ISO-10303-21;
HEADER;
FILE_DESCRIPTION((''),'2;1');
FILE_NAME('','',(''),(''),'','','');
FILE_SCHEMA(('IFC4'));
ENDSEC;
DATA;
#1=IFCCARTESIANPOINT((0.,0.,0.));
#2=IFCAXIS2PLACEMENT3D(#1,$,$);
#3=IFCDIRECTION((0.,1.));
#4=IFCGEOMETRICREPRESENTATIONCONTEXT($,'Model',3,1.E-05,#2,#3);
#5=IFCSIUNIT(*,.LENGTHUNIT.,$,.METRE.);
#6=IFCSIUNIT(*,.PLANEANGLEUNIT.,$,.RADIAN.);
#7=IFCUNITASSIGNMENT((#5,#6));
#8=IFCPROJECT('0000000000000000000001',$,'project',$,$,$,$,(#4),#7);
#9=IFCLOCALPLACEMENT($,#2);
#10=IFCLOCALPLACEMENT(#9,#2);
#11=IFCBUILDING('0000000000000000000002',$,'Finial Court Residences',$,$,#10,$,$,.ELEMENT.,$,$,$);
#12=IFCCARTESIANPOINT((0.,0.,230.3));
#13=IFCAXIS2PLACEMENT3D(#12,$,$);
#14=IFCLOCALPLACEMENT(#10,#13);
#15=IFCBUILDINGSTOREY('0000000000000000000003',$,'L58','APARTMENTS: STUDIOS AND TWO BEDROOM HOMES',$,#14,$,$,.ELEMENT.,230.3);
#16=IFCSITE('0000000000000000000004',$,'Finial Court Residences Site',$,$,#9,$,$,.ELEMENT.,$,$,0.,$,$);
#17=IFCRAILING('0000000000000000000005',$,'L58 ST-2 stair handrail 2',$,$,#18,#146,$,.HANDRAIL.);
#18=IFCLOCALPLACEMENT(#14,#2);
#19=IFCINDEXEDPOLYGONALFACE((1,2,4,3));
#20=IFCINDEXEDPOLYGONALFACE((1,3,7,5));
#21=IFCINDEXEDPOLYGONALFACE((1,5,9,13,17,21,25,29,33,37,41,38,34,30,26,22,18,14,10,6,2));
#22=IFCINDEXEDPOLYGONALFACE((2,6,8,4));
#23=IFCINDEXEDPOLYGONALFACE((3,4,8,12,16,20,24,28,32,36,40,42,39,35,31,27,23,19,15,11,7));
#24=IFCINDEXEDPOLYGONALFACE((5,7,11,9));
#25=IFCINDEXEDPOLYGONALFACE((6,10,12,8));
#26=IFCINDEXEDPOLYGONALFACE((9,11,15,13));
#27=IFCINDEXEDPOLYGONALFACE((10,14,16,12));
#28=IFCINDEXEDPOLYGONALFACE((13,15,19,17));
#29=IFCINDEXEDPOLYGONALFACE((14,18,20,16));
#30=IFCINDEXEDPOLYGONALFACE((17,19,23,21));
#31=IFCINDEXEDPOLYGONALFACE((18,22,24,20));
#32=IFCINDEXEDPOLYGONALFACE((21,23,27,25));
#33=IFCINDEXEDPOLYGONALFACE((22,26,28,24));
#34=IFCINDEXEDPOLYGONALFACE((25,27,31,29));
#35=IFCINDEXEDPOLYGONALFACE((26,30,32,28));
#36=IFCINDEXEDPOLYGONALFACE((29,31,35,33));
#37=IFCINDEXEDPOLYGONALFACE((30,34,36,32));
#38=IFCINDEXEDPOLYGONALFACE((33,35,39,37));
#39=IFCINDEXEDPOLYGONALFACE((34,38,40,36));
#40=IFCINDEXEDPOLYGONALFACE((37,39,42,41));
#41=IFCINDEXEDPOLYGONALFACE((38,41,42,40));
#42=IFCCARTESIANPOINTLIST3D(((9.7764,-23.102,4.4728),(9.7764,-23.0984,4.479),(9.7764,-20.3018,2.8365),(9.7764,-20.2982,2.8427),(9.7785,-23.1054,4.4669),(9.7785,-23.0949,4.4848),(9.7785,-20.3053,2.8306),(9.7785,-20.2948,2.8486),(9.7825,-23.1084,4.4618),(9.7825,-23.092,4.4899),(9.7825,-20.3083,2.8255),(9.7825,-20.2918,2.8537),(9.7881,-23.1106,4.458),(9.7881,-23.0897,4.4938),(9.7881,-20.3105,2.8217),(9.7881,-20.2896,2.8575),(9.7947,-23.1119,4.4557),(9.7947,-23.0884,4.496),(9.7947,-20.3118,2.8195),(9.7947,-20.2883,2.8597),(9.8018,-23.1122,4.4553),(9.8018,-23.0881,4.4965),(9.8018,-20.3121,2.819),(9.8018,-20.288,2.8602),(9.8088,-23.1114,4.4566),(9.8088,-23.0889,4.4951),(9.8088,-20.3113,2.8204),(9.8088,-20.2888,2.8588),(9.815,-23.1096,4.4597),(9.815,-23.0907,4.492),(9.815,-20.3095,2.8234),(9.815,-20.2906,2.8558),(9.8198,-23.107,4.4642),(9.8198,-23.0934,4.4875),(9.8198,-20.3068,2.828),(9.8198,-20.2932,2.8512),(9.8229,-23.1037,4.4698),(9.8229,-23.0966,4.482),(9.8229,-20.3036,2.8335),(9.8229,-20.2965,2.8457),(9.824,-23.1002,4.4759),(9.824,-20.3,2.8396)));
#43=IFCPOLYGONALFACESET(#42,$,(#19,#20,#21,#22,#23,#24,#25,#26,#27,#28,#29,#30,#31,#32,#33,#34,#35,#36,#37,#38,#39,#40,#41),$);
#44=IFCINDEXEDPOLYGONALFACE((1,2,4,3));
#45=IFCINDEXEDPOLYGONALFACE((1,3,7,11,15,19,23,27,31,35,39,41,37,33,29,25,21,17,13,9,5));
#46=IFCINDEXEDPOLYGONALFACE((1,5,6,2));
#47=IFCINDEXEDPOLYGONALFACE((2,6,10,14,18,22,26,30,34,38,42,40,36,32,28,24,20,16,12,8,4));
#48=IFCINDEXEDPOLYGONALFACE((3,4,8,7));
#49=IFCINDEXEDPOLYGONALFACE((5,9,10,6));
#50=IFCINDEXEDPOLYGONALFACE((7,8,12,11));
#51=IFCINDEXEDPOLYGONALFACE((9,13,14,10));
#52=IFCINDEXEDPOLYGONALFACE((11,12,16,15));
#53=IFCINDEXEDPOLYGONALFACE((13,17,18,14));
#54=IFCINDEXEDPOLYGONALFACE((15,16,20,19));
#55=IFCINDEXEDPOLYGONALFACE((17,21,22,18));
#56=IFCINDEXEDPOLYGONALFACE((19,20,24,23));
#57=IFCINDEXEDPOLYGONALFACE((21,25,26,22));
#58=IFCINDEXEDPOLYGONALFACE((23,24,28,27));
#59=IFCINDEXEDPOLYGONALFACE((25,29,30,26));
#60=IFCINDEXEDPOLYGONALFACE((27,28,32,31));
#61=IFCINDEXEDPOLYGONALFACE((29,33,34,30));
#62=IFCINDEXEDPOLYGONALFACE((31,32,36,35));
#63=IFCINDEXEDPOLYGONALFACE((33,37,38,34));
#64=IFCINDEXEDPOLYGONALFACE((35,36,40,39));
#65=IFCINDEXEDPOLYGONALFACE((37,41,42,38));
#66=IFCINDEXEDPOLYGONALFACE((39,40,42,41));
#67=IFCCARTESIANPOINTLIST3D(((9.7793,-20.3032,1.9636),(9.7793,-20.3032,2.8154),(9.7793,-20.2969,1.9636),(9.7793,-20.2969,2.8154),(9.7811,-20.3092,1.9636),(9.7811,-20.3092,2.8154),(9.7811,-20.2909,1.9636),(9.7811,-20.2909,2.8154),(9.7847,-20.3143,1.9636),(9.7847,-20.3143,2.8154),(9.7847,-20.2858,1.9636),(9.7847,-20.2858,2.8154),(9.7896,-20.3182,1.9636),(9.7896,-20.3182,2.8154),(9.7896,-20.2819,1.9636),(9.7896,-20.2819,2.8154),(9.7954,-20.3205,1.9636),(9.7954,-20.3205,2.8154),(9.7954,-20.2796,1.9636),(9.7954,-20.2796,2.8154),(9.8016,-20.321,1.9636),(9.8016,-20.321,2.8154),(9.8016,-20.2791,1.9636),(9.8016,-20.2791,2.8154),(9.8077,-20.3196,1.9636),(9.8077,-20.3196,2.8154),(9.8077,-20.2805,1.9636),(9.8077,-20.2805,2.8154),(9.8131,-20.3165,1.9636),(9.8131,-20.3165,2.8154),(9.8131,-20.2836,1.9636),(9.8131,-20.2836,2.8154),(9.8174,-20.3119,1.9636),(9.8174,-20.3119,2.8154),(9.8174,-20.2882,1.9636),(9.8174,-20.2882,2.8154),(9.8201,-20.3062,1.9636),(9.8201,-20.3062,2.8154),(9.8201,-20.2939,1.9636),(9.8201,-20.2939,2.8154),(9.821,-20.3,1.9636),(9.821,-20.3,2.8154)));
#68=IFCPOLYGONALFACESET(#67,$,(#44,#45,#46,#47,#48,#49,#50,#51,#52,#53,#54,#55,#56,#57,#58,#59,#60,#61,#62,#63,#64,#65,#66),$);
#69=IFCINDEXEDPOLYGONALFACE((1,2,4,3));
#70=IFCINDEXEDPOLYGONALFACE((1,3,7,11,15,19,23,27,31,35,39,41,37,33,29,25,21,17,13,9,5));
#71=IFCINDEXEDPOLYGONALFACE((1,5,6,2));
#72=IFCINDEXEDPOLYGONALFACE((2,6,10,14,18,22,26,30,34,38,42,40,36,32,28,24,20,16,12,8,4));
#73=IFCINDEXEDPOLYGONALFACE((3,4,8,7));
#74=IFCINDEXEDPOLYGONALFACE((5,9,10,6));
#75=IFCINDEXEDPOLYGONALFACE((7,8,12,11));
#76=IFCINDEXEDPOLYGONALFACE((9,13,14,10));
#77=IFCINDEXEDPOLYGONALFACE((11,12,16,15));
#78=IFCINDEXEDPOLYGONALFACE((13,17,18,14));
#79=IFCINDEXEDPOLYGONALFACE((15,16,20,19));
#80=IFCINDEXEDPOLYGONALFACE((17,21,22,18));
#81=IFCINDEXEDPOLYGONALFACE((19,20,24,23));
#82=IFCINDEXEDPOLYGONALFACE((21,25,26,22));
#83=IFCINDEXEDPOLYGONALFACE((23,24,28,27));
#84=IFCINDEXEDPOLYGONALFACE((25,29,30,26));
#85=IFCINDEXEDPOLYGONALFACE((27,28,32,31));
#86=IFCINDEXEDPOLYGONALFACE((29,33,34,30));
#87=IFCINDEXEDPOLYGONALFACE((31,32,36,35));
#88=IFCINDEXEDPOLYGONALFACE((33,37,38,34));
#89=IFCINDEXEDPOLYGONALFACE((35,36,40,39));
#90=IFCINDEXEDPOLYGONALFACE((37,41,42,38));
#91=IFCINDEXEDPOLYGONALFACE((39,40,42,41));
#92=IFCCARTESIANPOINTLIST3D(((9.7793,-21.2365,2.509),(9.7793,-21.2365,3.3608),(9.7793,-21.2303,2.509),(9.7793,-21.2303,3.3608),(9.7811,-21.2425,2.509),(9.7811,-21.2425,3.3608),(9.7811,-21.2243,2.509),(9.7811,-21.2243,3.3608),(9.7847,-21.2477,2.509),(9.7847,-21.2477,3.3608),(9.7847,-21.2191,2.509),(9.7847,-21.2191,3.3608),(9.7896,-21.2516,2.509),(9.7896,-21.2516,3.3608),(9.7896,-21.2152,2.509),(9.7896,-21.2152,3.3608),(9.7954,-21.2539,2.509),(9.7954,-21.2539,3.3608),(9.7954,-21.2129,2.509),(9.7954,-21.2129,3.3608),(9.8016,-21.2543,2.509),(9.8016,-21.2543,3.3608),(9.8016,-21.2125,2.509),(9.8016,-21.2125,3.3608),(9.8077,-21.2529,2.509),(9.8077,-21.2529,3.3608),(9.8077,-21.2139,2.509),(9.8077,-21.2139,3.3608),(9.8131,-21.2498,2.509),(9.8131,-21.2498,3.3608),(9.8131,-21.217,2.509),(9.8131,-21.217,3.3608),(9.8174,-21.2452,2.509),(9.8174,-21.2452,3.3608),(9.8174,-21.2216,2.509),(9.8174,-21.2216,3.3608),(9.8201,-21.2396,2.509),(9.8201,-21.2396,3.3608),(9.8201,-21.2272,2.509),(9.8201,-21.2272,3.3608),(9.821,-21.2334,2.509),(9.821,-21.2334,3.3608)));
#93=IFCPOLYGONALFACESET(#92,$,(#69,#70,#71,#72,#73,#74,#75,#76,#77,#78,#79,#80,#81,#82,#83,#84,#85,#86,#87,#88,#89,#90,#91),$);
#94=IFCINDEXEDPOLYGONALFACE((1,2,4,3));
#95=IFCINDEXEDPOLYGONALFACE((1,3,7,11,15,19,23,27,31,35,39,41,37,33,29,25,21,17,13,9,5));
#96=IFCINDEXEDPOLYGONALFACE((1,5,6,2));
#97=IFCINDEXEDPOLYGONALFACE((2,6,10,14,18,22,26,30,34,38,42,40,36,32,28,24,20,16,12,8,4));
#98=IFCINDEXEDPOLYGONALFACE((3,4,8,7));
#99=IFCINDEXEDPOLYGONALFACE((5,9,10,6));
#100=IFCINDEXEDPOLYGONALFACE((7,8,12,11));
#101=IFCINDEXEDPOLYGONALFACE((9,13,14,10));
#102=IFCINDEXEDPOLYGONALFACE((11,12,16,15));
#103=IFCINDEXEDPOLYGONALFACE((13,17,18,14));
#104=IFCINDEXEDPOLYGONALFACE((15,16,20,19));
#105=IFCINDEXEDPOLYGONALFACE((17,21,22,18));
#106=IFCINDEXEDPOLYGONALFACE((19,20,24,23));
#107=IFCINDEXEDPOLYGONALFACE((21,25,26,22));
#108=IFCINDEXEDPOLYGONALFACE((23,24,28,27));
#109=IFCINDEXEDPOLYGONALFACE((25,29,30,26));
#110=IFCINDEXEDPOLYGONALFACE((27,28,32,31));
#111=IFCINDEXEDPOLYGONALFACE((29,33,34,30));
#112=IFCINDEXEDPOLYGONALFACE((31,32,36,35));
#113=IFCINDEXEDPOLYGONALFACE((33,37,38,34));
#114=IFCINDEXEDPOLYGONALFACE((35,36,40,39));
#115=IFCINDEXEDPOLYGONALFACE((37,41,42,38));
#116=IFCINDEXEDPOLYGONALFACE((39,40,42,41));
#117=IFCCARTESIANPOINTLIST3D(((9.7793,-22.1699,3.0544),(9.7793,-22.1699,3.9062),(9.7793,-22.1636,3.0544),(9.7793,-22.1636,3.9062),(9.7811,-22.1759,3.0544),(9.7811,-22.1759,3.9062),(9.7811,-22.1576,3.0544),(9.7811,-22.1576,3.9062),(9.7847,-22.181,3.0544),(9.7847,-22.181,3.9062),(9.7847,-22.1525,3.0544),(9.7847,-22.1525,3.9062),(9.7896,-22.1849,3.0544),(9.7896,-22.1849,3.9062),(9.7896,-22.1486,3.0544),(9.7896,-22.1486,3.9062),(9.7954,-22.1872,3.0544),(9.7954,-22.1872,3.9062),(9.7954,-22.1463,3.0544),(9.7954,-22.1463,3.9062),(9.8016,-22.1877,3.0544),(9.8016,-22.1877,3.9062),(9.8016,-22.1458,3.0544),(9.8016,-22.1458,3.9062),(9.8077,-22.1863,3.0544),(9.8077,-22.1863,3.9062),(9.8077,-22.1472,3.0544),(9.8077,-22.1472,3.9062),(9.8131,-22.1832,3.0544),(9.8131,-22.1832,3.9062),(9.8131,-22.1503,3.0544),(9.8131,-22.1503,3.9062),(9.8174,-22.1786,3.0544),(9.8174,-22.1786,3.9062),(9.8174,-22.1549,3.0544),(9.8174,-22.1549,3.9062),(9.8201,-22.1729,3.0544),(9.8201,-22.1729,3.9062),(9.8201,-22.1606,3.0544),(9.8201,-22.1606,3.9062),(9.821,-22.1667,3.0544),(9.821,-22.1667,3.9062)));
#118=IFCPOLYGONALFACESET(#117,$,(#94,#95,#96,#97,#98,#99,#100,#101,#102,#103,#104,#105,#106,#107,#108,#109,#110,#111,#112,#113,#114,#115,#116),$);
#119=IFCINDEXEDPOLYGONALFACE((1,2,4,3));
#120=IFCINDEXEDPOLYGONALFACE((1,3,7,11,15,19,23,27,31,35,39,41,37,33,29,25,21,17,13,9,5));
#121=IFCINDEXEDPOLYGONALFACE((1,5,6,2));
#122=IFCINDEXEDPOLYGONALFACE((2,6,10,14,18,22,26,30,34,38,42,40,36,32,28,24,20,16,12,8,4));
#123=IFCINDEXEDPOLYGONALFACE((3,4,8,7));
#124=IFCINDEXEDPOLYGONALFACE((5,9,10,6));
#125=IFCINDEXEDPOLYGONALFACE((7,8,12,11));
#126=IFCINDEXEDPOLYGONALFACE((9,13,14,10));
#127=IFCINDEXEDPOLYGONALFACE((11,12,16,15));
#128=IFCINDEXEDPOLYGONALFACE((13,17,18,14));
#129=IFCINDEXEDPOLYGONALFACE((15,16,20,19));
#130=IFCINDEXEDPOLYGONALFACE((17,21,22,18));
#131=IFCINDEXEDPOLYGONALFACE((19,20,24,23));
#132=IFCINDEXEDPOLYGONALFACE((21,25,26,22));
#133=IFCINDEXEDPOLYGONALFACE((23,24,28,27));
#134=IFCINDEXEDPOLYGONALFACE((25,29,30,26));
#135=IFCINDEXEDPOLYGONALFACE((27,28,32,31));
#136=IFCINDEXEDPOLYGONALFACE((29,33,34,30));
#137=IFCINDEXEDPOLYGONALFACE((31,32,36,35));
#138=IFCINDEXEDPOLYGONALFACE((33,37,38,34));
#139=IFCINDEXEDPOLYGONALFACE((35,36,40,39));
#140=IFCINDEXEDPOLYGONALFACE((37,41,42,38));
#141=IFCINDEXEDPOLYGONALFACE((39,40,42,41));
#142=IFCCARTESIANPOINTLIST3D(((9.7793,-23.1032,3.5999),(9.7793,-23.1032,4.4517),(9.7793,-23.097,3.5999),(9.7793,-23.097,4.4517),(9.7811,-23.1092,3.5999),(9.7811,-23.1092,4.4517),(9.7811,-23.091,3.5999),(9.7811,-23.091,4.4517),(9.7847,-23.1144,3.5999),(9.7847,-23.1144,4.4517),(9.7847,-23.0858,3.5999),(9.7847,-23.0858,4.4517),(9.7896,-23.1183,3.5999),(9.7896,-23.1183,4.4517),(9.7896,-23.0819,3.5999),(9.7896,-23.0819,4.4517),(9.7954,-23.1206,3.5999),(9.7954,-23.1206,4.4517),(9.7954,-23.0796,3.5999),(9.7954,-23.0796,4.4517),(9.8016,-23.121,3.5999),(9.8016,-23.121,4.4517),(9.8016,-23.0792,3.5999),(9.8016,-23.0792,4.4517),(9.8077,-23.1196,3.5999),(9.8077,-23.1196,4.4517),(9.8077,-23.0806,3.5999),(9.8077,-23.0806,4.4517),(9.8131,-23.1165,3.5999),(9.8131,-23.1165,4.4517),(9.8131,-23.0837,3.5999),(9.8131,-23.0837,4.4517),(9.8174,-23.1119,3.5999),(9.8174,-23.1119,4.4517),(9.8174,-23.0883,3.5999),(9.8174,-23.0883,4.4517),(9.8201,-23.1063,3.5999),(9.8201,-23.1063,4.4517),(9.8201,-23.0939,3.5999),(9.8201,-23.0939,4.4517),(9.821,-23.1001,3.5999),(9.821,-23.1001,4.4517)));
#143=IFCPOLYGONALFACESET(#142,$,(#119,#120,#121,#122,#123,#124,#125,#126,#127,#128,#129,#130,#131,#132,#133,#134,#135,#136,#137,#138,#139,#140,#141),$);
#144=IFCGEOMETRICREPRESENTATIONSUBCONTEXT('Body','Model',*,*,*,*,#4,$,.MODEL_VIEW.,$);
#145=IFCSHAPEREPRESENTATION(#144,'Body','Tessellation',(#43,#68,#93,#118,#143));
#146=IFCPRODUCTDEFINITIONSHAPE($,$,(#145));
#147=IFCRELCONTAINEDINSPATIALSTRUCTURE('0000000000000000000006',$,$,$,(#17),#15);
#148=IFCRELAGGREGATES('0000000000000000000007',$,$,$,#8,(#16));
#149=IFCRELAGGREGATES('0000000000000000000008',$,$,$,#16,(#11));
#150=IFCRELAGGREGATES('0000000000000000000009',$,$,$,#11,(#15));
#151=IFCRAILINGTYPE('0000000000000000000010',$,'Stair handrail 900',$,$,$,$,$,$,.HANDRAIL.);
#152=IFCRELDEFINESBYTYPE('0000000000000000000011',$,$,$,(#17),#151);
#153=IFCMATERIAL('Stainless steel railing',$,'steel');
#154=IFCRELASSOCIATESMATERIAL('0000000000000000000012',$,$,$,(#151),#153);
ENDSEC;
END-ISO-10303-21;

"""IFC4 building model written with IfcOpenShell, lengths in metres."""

from ifc_helpers import new_model, si_unit, direction, frame, origin, origin_2d, place, context, subcontext, project, spatial, circle, extrude, material, type_object, element, save


model = new_model("IFC4")

# Units and contexts
model_context = context("Model", 3, precision=1e-05, world=origin(), true_north=direction((0.0, 1.0)))
body_context = subcontext(model_context, "Body", "Model", "MODEL_VIEW")
ifc_project = project(units=[si_unit("LENGTHUNIT", "METRE"), si_unit("PLANEANGLEUNIT", "RADIAN")], contexts=[model_context])

# Site, building, storey
site_placement = place(None, origin())
site = spatial("IfcSite", under=ifc_project, at=site_placement, Name="Finial Court Residences Site", CompositionType="ELEMENT", RefElevation=0.0)
building_placement = place(site_placement, origin())
building = spatial("IfcBuilding", under=site, at=building_placement, Name="Finial Court Residences", CompositionType="ELEMENT")
storey_placement = place(building_placement, frame((0.0, 0.0, 230.3)))
storey = spatial("IfcBuildingStorey", under=building, at=storey_placement, Name="L58", Description="APARTMENTS: STUDIOS AND TWO BEDROOM HOMES", CompositionType="ELEMENT", Elevation=230.3)

# Railing
ifc_material_1 = material(Name="Stainless steel railing", Category="steel")
railing_type_1 = type_object("IfcRailingType", Name="Stair handrail 900", PredefinedType="HANDRAIL", material=ifc_material_1)
railing_1_placement = place(storey_placement, frame((9.8, -20.3, 1.9636)))
element("IfcRailing", 1, at=railing_1_placement, inside=storey, type_object=railing_type_1, Name="L58 ST-2 stair handrail 2", PredefinedType="HANDRAIL", context=body_context, shape_type="SweptSolid", body=[
    extrude(circle(Radius=0.0239, at=origin_2d()), frame((0.0, 0.0, 0.876), z_axis=(0.0, -0.863394, 0.504531), x_axis=(1.0, 0.0, 0.0)), (0.0, 0.0, 1.0), 3.2432),
    extrude(circle(Radius=0.021, at=origin_2d()), origin(), (0.0, 0.0, 1.0), 0.8518),
    extrude(circle(Radius=0.021, at=origin_2d()), frame((0.0, -0.9333, 0.5454)), (0.0, 0.0, 1.0), 0.8518),
    extrude(circle(Radius=0.021, at=origin_2d()), frame((0.0, -1.8667, 1.0908)), (0.0, 0.0, 1.0), 0.8518),
    extrude(circle(Radius=0.021, at=origin_2d()), frame((0.0, -2.8, 1.6362)), (0.0, 0.0, 1.0), 0.8518),
])

save(model, "model.ifc")
